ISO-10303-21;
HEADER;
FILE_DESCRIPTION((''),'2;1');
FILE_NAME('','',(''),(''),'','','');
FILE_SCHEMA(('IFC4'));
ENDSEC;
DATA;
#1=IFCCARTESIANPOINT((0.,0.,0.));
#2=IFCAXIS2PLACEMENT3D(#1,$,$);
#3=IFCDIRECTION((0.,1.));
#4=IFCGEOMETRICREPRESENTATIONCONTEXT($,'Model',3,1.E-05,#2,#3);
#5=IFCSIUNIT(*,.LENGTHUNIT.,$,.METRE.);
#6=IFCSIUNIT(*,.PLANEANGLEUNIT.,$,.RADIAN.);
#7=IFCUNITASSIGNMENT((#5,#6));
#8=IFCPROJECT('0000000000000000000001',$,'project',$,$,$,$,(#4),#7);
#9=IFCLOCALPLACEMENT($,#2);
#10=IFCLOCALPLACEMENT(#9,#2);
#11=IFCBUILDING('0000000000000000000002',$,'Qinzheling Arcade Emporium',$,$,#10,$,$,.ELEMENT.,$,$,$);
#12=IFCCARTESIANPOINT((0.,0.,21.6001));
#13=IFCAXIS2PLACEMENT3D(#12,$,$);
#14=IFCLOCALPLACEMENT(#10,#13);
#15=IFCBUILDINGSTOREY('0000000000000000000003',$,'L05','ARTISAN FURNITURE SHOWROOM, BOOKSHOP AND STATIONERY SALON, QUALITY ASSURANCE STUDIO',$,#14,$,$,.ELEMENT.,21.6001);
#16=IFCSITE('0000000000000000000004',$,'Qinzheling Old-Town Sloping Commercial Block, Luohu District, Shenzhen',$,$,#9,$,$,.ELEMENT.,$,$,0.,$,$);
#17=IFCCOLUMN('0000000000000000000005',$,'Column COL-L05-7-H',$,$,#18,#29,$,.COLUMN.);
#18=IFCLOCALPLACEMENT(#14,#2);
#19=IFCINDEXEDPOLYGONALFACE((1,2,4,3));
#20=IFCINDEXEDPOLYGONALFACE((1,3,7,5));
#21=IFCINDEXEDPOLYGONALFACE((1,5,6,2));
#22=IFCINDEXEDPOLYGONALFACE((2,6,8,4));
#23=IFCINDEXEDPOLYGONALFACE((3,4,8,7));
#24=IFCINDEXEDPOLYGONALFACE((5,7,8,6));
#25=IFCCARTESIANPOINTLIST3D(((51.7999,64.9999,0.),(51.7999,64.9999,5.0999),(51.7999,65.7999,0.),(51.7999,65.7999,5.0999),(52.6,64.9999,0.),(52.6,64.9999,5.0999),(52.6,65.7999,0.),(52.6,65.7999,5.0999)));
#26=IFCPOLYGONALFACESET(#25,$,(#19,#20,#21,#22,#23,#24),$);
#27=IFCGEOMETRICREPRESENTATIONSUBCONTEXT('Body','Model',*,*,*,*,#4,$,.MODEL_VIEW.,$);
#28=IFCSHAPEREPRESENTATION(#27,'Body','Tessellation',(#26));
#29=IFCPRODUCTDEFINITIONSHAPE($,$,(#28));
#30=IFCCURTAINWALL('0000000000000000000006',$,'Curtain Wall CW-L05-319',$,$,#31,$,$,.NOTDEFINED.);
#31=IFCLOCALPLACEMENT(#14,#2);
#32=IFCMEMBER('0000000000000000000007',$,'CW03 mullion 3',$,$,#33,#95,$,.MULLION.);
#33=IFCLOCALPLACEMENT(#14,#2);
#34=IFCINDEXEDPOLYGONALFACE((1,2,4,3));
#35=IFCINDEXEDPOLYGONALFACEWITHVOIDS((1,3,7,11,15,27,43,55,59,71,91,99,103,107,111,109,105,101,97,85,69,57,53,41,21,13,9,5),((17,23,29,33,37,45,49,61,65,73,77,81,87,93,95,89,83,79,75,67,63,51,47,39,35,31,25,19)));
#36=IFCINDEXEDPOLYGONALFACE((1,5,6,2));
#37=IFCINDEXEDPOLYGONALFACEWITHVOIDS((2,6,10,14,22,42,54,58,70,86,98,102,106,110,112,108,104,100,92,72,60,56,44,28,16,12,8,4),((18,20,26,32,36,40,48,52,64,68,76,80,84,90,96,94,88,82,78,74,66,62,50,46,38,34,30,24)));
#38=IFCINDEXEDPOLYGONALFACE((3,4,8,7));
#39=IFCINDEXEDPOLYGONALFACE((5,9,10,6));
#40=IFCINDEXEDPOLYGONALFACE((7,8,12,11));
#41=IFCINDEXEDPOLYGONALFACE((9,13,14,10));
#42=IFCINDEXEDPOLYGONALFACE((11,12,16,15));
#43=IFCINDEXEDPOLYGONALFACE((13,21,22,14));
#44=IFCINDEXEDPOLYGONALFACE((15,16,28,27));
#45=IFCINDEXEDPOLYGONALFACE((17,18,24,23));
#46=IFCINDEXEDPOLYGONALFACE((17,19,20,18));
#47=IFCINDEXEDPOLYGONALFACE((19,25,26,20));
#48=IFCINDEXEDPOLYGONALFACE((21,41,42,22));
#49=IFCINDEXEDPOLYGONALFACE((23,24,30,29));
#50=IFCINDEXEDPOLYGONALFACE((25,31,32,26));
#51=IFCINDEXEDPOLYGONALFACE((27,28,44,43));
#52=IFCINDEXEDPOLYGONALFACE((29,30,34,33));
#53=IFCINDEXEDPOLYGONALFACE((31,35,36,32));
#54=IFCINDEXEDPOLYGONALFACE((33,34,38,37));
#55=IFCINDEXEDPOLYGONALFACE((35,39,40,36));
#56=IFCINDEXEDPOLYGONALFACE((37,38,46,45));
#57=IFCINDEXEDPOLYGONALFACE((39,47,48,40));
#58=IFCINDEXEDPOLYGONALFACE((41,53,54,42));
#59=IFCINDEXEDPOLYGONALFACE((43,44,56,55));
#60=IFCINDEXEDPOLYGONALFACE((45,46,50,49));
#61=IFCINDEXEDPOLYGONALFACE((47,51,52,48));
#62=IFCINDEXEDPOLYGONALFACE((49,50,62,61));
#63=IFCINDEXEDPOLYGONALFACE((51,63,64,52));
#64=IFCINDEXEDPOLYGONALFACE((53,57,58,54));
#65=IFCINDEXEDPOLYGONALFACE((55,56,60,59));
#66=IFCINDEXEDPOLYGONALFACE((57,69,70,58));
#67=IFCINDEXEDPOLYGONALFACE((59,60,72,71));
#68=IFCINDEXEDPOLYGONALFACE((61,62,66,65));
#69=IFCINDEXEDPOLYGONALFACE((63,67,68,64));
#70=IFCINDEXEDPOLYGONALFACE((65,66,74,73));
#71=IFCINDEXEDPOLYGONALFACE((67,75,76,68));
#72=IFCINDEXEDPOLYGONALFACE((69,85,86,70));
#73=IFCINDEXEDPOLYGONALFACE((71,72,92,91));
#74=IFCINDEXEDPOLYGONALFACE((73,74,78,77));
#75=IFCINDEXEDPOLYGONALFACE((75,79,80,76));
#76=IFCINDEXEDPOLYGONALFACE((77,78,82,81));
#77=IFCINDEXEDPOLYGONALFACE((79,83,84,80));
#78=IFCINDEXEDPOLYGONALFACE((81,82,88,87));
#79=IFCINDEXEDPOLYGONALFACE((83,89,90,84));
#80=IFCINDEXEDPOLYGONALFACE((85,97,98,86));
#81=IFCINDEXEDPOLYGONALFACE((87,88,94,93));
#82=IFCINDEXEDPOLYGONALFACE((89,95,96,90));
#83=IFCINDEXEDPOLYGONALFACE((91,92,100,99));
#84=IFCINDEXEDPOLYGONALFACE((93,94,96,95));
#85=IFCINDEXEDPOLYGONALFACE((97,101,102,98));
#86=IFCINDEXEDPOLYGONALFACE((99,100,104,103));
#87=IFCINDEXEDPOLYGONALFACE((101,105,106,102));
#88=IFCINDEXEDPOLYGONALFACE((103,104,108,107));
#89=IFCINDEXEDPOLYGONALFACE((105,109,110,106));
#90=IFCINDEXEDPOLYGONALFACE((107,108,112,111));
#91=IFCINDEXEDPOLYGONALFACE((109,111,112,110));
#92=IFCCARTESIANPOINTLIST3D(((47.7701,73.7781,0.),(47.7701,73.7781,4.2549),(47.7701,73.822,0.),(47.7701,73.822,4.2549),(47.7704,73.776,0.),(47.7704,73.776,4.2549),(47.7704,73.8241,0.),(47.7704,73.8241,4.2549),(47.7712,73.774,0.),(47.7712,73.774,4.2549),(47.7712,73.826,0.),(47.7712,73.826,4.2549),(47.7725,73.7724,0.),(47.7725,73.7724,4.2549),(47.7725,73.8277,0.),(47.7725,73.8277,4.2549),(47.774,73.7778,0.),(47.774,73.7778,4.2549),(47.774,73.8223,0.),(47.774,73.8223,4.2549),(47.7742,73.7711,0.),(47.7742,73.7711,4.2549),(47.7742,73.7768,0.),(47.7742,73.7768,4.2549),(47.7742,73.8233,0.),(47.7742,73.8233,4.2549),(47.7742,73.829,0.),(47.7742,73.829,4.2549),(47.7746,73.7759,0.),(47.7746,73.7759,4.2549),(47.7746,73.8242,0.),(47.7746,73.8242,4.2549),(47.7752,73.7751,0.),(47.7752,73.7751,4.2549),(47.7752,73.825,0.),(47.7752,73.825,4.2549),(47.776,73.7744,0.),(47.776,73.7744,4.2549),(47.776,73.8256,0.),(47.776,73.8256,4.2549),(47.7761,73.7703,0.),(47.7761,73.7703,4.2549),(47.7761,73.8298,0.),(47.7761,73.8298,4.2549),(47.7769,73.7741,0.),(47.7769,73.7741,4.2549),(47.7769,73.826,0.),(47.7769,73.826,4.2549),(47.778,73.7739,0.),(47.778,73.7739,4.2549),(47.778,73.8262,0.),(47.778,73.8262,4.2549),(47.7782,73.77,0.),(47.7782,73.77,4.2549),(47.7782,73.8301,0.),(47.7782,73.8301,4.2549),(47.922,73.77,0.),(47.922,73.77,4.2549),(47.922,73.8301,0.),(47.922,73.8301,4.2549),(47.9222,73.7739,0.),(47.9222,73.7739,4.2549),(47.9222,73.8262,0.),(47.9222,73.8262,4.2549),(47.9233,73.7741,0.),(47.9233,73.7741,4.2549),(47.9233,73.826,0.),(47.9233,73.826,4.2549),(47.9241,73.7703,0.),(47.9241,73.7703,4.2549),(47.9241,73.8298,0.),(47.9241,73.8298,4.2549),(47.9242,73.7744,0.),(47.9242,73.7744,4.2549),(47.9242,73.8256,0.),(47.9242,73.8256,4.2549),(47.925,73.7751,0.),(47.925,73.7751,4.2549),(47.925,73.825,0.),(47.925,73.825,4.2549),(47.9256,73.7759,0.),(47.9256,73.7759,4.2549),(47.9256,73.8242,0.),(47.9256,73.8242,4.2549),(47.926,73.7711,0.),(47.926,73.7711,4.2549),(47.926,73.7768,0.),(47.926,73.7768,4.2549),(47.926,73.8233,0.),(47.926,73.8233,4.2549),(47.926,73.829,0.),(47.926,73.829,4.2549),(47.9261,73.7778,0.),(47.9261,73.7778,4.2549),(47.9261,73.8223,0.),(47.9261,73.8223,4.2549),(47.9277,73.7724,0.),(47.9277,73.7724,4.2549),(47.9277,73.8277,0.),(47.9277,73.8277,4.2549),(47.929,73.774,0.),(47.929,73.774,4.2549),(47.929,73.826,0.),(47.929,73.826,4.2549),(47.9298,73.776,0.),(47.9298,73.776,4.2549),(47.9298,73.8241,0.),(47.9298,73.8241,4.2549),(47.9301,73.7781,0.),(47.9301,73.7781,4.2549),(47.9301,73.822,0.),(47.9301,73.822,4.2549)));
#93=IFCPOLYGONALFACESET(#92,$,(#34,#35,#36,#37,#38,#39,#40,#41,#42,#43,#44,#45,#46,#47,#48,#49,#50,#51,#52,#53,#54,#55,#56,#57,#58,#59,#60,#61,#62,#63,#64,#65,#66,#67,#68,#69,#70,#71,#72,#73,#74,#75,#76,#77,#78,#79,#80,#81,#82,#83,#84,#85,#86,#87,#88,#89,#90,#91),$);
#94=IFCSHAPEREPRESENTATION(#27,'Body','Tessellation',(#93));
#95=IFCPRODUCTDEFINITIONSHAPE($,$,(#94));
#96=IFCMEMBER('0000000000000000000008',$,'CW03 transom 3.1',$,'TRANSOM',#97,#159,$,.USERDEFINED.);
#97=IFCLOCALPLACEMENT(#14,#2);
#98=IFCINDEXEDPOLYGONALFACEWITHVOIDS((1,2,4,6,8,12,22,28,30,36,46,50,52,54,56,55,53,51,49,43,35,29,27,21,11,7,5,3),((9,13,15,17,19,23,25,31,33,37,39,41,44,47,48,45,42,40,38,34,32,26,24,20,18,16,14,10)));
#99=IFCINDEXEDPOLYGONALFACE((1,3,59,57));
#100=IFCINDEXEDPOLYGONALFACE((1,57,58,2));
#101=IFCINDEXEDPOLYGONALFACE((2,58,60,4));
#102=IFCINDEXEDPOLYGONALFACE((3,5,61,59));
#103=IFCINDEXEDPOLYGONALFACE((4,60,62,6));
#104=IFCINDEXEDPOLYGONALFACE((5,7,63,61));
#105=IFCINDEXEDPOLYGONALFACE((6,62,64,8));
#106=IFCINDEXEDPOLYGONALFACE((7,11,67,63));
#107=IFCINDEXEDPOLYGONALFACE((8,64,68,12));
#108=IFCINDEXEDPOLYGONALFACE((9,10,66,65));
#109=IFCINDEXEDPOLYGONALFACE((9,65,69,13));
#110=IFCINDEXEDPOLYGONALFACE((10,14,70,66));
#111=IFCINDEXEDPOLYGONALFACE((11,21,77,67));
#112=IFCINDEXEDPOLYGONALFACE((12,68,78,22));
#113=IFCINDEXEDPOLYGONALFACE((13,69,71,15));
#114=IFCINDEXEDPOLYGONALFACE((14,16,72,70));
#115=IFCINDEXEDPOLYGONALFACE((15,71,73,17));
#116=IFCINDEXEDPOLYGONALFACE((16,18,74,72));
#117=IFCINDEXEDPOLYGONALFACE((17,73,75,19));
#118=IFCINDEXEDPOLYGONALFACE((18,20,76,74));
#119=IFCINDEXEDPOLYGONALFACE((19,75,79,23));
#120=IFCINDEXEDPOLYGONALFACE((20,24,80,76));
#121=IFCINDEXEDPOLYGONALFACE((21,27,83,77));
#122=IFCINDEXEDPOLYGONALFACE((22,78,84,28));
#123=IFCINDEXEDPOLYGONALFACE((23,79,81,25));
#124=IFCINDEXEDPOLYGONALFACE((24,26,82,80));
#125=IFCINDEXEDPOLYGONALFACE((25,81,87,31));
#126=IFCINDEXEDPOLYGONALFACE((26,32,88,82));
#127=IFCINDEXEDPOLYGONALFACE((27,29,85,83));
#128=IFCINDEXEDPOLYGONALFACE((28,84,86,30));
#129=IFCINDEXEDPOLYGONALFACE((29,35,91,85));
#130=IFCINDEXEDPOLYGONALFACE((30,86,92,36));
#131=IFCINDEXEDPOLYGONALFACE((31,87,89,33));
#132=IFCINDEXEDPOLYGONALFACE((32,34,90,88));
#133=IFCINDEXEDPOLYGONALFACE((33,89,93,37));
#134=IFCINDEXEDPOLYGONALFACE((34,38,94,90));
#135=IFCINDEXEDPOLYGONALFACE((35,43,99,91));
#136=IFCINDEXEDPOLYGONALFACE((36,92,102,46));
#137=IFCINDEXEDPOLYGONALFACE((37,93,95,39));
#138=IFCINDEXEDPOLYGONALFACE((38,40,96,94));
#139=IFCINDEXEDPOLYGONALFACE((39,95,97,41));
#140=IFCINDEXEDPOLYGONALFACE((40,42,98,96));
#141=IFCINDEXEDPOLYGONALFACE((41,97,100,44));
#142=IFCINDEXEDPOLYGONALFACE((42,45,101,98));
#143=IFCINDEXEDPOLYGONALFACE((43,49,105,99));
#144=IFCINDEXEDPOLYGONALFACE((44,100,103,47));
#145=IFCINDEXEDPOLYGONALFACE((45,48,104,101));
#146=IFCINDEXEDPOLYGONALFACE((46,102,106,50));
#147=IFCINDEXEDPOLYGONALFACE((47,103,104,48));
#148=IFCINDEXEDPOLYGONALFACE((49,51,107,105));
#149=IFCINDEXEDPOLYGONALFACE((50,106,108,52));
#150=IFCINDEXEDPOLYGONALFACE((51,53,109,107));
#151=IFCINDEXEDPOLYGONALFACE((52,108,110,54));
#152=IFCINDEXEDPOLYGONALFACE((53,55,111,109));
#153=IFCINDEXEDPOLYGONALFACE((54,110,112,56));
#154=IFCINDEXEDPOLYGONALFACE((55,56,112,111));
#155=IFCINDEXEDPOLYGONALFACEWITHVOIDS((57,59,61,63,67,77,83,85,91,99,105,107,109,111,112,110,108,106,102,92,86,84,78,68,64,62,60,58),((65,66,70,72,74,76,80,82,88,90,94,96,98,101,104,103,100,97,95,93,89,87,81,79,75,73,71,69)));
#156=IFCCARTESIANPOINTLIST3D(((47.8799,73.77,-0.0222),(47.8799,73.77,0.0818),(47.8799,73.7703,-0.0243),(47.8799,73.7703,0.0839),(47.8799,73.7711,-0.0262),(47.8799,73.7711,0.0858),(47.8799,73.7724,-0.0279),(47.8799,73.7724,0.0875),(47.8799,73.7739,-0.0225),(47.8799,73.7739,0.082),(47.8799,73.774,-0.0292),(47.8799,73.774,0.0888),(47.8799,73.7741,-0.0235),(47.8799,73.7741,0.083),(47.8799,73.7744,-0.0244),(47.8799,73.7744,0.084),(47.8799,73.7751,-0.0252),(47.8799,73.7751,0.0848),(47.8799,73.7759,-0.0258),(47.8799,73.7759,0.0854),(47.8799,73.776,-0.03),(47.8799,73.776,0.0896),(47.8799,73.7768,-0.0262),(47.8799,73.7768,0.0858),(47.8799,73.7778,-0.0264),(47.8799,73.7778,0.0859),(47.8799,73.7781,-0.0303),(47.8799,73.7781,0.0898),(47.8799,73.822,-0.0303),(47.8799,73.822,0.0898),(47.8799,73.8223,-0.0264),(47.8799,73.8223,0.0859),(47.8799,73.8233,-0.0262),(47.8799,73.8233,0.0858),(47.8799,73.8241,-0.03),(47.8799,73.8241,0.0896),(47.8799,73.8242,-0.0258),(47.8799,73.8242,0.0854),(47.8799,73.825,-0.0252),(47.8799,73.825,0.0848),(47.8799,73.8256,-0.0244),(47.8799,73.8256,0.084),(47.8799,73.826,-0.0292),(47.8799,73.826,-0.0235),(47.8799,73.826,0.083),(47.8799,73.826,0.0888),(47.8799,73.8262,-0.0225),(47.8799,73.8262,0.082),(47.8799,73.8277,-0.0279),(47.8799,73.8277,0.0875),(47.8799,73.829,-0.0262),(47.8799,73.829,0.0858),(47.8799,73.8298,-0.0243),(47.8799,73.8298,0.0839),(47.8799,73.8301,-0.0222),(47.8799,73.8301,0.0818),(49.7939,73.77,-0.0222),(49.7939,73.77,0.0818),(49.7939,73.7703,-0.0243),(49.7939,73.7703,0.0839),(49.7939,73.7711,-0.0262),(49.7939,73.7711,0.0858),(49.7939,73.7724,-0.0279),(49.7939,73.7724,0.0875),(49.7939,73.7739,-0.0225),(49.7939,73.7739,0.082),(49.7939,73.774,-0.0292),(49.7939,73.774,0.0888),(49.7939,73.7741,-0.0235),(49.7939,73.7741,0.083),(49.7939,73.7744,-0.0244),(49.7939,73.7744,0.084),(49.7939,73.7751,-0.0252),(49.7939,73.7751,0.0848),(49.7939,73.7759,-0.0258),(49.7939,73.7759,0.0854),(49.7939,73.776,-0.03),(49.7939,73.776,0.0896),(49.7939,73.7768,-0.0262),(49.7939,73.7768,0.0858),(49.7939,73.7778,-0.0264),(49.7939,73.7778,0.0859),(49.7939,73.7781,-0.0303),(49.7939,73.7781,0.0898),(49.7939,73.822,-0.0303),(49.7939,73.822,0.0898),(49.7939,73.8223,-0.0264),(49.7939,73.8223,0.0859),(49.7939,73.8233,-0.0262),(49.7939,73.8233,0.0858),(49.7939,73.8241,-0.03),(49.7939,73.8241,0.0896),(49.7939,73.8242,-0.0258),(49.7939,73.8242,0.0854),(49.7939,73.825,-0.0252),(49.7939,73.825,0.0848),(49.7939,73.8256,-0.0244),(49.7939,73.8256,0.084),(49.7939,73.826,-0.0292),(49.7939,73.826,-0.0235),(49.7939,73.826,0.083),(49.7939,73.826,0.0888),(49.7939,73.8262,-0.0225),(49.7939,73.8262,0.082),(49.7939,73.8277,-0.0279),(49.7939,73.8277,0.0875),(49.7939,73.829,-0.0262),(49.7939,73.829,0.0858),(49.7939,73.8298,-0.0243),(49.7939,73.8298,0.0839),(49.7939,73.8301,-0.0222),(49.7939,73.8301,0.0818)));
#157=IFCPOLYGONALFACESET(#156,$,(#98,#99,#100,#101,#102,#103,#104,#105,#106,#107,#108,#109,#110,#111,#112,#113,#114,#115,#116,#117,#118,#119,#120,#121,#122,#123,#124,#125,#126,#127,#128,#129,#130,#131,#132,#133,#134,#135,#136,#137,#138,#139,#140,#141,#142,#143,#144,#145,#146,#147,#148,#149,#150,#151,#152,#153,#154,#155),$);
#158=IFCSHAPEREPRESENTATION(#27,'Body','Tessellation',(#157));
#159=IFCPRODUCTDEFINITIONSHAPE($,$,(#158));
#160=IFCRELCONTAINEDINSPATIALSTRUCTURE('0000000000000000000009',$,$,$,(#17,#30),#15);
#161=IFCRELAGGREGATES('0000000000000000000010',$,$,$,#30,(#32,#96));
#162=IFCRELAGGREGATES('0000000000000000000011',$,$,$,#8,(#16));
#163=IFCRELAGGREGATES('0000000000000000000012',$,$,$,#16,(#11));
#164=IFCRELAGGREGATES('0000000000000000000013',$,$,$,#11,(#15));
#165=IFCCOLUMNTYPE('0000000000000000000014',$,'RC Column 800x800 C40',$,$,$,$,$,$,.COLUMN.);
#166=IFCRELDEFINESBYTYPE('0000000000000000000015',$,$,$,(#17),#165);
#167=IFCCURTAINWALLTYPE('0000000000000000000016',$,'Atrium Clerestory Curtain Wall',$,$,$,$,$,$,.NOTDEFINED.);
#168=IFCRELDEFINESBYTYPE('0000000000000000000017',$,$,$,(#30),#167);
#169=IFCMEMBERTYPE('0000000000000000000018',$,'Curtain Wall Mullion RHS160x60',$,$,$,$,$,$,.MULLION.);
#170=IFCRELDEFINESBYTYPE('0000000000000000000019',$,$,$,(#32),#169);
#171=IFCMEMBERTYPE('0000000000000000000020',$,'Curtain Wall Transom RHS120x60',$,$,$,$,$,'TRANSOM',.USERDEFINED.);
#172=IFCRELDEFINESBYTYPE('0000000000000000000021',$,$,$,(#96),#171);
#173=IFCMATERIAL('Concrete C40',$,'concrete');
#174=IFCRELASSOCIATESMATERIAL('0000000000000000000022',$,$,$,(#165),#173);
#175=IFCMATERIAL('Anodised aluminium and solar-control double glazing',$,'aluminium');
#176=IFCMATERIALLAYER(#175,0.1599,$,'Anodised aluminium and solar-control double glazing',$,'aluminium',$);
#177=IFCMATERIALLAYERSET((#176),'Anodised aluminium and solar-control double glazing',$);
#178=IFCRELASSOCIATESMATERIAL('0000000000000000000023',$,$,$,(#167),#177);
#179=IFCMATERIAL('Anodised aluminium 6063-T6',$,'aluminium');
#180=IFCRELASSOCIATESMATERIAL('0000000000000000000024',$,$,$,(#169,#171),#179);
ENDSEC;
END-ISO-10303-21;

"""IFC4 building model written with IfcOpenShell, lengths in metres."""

from ifc_helpers import new_model, si_unit, direction, frame, origin, origin_2d, place, context, subcontext, project, spatial, rectangle, hollow_rectangle, extrude, material, layer, layer_set, material_profile, profile_set, type_object, element, aggregate, save


model = new_model("IFC4")

# Units and contexts
model_context = context("Model", 3, precision=1e-05, world=origin(), true_north=direction((0.0, 1.0)))
body_context = subcontext(model_context, "Body", "Model", "MODEL_VIEW")
ifc_project = project(units=[si_unit("LENGTHUNIT", "METRE"), si_unit("PLANEANGLEUNIT", "RADIAN")], contexts=[model_context])

# Site, building, storey
site_placement = place(None, origin())
site = spatial("IfcSite", under=ifc_project, at=site_placement, Name="Qinzheling Old-Town Sloping Commercial Block, Luohu District, Shenzhen", CompositionType="ELEMENT", RefElevation=0.0)
building_placement = place(site_placement, origin())
building = spatial("IfcBuilding", under=site, at=building_placement, Name="Qinzheling Arcade Emporium", CompositionType="ELEMENT")
storey_placement = place(building_placement, frame((0.0, 0.0, 21.6001)))
storey = spatial("IfcBuildingStorey", under=building, at=storey_placement, Name="L05", Description="ARTISAN FURNITURE SHOWROOM, BOOKSHOP AND STATIONERY SALON, QUALITY ASSURANCE STUDIO", CompositionType="ELEMENT", Elevation=21.6001)

# Column
ifc_material_1 = material(Name="Concrete C40", Category="concrete")
ifc_material_profile_1 = material_profile(ifc_material_1, rectangle(XDim=0.8, YDim=0.8, at=origin_2d()), Name="RC 800x800", Category="concrete")
ifc_profile_set_1 = profile_set([ifc_material_profile_1], Name="Concrete C40")
column_type = type_object("IfcColumnType", Name="RC Column 800x800 C40", PredefinedType="COLUMN", material=ifc_profile_set_1)
column_placement = place(storey_placement, frame((52.2, 65.3999, 0.0), z_axis=(0.0, 0.0, 1.0), x_axis=(1.0, 0.0, 0.0)))
element("IfcColumn", 1, at=column_placement, inside=storey, type_object=column_type, Name="Column COL-L05-7-H", PredefinedType="COLUMN", context=body_context, shape_type="SweptSolid", body=[
    extrude(rectangle(XDim=0.8, YDim=0.8, at=origin_2d()), origin(), (0.0, 0.0, 1.0), 5.0999),
])

# Curtain wall, members
ifc_material_2 = material(Name="Anodised aluminium and solar-control double glazing", Category="aluminium")
ifc_layer_1 = layer(ifc_material_2, 0.1599, Name="Anodised aluminium and solar-control double glazing", Category="aluminium")
ifc_layer_set_1 = layer_set([ifc_layer_1], Name="Anodised aluminium and solar-control double glazing")
curtain_wall_type = type_object("IfcCurtainWallType", Name="Atrium Clerestory Curtain Wall", PredefinedType="NOTDEFINED", material=ifc_layer_set_1)
curtain_wall_placement = place(storey_placement, origin())
curtain_wall = element("IfcCurtainWall", 2, at=curtain_wall_placement, inside=storey, type_object=curtain_wall_type, Name="Curtain Wall CW-L05-319", PredefinedType="NOTDEFINED")
ifc_material_3 = material(Name="Anodised aluminium 6063-T6", Category="aluminium")
ifc_material_profile_2 = material_profile(ifc_material_3, hollow_rectangle(XDim=0.0601, YDim=0.1599, WallThickness=0.0039, InnerFilletRadius=0.0039, OuterFilletRadius=0.0081, at=origin_2d()), Name="RHS 160x60x4", Category="aluminium")
ifc_profile_set_2 = profile_set([ifc_material_profile_2], Name="Anodised aluminium 6063-T6")
member_type_1 = type_object("IfcMemberType", Name="Curtain Wall Mullion RHS160x60", PredefinedType="MULLION", material=ifc_profile_set_2)
member_1_placement = place(storey_placement, frame((47.8501, 73.8, 0.0), z_axis=(0.0, 0.0, 1.0), x_axis=(0.0, 1.0, 0.0)))
member_1 = element("IfcMember", 3, at=member_1_placement, type_object=member_type_1, Name="CW03 mullion 3", PredefinedType="MULLION", context=body_context, shape_type="SweptSolid", body=[
    extrude(hollow_rectangle(XDim=0.0601, YDim=0.1599, WallThickness=0.0039, InnerFilletRadius=0.0039, OuterFilletRadius=0.0081, at=origin_2d()), origin(), (0.0, 0.0, 1.0), 4.2549),
])
ifc_material_profile_3 = material_profile(ifc_material_3, hollow_rectangle(XDim=0.0601, YDim=0.1201, WallThickness=0.0039, InnerFilletRadius=0.0039, OuterFilletRadius=0.0081, at=origin_2d()), Name="RHS 120x60x4", Category="aluminium")
ifc_profile_set_3 = profile_set([ifc_material_profile_3], Name="Anodised aluminium 6063-T6")
member_type_2 = type_object("IfcMemberType", Name="Curtain Wall Transom RHS120x60", ElementType="TRANSOM", PredefinedType="USERDEFINED", material=ifc_profile_set_3)
member_2_placement = place(storey_placement, frame((47.8799, 73.8, 0.0298), z_axis=(1.0, 0.0, 0.0), x_axis=(0.0, 1.0, 0.0)))
member_2 = element("IfcMember", 4, at=member_2_placement, type_object=member_type_2, Name="CW03 transom 3.1", ObjectType="TRANSOM", PredefinedType="USERDEFINED", context=body_context, shape_type="SweptSolid", body=[
    extrude(hollow_rectangle(XDim=0.0601, YDim=0.1201, WallThickness=0.0039, InnerFilletRadius=0.0039, OuterFilletRadius=0.0081, at=origin_2d()), origin(), (0.0, 0.0, 1.0), 1.9141),
])
aggregate(curtain_wall, [member_1, member_2])

save(model, "model.ifc")
